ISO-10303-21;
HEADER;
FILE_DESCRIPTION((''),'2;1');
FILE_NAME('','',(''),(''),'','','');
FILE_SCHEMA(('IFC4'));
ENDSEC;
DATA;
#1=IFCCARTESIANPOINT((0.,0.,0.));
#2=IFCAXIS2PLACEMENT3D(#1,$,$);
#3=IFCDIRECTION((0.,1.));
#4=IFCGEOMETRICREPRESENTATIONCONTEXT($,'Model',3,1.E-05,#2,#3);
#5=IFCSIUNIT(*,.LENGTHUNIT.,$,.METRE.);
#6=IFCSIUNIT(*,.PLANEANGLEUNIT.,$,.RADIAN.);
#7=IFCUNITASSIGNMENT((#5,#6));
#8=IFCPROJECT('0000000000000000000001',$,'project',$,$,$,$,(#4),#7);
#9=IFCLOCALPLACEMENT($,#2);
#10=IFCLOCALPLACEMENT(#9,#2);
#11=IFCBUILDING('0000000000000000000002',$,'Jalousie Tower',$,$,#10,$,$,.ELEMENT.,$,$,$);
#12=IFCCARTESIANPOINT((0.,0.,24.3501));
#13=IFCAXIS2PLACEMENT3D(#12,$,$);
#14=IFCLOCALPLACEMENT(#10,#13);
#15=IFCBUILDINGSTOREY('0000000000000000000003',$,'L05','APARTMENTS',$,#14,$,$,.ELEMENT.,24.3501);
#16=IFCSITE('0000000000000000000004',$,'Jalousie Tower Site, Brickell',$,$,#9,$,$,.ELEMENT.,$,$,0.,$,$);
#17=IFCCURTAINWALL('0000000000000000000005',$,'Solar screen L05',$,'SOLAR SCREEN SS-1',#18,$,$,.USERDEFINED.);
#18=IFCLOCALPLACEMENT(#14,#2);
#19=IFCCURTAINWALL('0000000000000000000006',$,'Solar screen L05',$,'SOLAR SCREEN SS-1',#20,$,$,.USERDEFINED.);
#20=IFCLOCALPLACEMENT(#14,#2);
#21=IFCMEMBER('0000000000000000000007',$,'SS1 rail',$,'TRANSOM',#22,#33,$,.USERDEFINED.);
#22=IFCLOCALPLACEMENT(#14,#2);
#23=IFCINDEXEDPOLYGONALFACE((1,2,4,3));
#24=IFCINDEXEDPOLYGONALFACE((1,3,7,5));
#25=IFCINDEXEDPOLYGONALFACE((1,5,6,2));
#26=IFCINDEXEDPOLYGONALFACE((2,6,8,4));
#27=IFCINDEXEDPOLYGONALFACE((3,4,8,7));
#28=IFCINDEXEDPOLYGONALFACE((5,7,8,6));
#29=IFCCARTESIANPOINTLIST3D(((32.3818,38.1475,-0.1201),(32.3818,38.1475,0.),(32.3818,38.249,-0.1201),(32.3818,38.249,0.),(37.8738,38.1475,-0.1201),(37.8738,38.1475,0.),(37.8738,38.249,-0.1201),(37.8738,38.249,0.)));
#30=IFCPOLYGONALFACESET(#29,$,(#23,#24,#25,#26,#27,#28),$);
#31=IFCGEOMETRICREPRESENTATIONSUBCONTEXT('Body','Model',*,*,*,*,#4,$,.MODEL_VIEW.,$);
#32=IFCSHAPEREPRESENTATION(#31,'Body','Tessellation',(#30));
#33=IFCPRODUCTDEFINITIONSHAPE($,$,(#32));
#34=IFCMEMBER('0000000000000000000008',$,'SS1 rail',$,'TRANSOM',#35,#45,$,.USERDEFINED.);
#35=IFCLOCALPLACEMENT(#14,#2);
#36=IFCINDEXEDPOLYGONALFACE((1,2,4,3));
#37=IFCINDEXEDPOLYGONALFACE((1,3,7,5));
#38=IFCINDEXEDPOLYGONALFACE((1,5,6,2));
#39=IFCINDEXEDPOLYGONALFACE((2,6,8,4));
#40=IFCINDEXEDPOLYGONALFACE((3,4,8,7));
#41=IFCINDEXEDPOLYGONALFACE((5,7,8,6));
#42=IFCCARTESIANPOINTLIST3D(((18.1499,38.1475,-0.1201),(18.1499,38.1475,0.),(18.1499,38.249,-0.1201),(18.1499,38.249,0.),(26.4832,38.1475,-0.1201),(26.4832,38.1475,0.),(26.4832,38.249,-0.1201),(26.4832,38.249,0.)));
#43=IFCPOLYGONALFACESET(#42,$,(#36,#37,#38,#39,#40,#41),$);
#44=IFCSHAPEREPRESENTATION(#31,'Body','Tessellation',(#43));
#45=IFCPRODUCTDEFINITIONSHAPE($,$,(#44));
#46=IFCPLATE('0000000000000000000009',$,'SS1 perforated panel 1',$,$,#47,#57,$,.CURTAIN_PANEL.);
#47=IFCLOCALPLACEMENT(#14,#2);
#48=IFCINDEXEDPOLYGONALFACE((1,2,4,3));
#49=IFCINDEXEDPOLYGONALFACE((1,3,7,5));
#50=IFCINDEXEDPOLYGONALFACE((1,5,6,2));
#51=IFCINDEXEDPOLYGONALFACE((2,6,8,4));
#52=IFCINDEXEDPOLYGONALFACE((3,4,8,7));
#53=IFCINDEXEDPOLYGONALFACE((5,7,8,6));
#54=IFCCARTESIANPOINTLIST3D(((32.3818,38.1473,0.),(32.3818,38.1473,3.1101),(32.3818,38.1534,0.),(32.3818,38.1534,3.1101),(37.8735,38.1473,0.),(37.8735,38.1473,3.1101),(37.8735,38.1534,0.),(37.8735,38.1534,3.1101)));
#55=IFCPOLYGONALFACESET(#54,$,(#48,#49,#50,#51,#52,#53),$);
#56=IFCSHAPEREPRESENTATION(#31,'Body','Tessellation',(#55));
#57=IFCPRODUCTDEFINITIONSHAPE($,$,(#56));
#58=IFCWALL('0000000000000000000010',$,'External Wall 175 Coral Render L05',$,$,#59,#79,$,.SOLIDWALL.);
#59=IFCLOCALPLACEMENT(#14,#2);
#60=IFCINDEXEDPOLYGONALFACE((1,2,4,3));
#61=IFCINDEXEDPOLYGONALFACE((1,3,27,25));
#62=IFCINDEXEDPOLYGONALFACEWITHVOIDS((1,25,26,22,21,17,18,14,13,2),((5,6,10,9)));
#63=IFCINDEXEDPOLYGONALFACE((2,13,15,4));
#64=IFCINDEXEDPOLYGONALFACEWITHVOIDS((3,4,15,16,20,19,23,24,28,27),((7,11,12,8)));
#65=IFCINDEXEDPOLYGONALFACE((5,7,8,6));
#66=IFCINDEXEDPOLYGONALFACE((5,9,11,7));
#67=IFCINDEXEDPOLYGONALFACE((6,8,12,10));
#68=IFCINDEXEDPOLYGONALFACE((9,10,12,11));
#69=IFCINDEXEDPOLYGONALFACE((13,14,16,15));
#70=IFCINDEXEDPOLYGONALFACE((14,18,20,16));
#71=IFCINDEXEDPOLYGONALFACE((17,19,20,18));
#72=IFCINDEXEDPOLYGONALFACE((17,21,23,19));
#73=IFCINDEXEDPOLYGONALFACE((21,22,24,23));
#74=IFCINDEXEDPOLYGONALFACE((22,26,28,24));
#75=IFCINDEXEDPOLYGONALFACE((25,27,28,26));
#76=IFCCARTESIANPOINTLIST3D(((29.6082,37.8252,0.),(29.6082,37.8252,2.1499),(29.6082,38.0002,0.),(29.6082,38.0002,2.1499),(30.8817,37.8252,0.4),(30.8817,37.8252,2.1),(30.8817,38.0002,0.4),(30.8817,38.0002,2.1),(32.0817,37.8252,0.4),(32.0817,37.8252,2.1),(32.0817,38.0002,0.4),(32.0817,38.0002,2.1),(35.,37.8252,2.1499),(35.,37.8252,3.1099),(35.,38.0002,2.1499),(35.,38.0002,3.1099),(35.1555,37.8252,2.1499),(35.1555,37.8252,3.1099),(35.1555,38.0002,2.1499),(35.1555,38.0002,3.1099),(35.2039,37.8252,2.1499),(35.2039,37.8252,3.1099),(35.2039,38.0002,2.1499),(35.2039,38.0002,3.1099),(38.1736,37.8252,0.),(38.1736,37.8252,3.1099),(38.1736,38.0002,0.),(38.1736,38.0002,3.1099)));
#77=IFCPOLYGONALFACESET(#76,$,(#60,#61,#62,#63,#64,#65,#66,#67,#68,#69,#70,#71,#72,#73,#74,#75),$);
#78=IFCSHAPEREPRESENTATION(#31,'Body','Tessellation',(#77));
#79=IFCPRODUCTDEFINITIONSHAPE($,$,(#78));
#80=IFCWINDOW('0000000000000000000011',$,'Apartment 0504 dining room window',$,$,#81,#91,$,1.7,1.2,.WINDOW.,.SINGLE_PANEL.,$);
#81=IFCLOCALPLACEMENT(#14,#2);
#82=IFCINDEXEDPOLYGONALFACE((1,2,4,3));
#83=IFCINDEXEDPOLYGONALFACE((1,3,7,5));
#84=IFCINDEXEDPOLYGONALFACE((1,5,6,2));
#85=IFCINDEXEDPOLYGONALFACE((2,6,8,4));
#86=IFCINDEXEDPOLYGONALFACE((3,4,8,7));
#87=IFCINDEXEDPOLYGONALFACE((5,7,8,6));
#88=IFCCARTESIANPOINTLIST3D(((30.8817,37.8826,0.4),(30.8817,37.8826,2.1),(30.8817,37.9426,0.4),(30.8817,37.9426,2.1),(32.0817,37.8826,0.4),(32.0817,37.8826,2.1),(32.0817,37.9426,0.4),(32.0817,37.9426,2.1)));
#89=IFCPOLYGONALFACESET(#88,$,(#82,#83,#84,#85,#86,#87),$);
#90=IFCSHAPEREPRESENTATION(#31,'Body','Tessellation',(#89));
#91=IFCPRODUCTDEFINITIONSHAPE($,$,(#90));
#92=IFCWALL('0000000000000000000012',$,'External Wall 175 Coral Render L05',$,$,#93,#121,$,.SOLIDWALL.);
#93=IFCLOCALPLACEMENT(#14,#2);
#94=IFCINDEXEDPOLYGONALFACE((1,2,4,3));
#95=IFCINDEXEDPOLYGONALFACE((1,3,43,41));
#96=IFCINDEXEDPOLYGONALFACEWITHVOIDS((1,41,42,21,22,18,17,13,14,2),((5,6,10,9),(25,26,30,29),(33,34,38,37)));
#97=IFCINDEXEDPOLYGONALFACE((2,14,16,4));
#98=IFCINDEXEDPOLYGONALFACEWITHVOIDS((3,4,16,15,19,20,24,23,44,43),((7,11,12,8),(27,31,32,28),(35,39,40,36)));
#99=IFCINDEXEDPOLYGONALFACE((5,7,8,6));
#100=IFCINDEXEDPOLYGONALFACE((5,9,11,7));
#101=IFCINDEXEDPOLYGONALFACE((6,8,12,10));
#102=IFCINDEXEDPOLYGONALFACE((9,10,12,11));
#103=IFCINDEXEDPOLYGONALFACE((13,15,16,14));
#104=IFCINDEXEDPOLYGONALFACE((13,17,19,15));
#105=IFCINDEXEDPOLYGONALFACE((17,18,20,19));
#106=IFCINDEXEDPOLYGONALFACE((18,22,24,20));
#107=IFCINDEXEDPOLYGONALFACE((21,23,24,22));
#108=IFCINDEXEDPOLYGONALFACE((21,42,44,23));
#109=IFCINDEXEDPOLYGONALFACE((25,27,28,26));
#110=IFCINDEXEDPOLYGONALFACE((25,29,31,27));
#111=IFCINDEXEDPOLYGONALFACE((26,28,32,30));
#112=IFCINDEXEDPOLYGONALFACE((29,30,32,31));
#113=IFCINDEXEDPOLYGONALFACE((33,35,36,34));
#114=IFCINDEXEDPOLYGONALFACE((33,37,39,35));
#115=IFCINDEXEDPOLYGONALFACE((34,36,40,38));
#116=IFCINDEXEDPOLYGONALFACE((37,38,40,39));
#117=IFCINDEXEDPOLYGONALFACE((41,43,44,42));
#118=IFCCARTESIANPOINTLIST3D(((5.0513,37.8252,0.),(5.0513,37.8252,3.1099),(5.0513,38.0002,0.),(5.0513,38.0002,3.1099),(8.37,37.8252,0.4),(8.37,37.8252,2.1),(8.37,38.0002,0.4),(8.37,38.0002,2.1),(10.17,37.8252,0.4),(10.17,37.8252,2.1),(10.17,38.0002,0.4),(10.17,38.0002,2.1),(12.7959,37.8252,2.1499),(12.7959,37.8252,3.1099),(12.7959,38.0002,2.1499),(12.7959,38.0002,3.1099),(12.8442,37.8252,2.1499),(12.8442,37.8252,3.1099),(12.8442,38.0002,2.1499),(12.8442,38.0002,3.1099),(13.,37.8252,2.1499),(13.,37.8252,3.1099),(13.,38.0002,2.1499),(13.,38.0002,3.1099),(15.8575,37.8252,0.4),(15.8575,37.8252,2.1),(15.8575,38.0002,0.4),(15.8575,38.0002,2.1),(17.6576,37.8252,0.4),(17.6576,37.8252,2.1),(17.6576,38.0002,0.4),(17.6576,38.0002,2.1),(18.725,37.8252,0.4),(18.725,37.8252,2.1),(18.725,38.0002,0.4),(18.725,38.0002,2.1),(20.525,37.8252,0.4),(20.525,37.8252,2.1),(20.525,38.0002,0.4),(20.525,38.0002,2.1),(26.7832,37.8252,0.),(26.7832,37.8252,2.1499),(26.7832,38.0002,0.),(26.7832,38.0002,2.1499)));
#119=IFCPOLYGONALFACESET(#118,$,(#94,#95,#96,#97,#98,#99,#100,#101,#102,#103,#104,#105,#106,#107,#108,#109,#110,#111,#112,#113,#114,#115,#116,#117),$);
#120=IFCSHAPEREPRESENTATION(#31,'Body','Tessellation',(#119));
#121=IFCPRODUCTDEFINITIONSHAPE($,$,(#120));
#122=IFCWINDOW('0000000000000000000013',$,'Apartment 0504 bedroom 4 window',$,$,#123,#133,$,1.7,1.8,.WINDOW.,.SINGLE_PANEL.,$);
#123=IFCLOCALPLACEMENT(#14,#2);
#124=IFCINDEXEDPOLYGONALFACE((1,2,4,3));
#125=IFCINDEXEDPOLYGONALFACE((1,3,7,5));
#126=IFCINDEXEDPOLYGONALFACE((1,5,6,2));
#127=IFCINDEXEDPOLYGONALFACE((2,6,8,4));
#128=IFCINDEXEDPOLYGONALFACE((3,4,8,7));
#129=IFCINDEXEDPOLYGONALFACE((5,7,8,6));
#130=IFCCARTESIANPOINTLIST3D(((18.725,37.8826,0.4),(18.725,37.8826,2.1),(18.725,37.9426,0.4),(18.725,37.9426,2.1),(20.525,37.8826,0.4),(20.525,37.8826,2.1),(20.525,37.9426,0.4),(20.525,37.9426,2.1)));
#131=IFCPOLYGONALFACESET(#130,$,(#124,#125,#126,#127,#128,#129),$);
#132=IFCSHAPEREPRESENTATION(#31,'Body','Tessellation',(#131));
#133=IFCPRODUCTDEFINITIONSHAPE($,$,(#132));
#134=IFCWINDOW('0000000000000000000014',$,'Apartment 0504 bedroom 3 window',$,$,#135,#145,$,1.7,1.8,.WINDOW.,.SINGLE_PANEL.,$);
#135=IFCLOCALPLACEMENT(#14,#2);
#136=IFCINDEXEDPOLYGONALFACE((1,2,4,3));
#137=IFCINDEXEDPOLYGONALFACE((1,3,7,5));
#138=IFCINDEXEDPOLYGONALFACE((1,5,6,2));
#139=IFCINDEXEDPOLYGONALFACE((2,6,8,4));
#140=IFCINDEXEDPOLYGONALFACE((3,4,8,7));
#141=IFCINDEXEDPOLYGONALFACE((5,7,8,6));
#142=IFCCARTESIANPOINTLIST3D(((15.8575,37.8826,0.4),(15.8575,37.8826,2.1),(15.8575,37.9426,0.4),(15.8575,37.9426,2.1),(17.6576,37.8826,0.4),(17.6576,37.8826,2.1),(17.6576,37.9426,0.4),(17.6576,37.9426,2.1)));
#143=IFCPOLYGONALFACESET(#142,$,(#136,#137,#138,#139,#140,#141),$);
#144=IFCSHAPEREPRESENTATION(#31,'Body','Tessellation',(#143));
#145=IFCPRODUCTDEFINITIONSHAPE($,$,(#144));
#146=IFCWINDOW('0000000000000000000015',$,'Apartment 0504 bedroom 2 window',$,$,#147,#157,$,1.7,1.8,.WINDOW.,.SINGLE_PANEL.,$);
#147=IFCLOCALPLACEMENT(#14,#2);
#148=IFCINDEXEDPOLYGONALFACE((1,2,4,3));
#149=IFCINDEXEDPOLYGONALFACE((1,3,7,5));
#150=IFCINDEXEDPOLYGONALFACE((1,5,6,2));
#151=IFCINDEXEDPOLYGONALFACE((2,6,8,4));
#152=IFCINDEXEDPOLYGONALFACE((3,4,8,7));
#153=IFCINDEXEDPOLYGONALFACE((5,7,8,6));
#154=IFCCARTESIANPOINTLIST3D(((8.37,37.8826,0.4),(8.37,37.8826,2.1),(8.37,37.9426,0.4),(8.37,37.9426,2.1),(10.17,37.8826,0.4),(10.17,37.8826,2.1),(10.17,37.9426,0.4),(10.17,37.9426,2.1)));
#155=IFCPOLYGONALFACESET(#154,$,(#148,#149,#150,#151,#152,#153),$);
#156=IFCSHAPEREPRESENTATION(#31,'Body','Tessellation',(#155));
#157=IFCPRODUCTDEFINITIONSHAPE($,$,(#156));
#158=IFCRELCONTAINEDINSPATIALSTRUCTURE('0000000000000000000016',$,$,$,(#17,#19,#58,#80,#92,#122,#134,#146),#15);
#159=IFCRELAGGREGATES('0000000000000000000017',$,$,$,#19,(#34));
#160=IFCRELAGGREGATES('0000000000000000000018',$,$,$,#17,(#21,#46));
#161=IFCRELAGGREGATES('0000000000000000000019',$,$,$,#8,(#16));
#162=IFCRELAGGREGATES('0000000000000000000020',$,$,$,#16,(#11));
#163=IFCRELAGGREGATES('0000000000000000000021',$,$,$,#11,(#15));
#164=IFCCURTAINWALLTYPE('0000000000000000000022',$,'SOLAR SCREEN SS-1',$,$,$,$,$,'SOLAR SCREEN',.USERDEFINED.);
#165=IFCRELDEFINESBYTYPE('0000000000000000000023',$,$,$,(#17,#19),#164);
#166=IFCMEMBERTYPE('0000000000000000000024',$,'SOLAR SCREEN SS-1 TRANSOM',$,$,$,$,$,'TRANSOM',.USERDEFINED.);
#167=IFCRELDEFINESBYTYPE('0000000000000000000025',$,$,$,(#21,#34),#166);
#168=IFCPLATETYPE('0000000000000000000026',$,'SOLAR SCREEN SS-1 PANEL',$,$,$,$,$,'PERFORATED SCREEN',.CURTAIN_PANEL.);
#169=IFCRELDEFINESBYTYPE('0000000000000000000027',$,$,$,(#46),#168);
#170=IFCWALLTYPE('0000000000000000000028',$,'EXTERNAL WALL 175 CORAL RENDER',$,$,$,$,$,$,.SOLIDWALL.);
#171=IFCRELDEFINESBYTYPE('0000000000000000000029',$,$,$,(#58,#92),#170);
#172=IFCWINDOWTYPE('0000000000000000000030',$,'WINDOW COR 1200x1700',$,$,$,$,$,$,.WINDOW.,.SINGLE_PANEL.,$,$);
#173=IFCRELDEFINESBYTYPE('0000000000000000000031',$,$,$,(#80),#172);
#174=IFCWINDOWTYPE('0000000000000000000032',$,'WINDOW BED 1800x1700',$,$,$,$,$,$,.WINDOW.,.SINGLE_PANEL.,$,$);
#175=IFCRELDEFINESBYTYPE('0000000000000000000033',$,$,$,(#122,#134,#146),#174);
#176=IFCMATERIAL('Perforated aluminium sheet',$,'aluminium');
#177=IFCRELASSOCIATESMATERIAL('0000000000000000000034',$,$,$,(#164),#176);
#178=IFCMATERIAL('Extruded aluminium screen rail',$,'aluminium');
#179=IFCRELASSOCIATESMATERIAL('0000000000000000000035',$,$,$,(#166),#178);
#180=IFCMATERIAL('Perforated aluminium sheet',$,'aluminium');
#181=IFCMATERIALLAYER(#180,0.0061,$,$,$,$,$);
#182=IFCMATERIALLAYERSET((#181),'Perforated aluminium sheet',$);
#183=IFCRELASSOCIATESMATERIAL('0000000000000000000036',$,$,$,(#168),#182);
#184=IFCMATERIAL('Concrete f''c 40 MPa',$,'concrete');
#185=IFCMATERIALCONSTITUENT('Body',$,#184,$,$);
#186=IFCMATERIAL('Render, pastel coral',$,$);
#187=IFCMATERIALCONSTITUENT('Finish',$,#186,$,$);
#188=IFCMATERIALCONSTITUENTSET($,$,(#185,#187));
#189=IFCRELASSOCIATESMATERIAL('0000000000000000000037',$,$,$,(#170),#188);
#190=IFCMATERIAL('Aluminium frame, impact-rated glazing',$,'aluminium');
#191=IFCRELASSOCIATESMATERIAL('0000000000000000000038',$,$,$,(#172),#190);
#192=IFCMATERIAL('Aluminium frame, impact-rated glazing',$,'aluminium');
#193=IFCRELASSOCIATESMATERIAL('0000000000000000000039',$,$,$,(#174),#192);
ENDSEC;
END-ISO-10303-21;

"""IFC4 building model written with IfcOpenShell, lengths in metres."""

from ifc_helpers import new_model, si_unit, direction, frame, frame_2d, origin, origin_2d, place, context, subcontext, project, spatial, polyline, rectangle, outline, extrude, material, layer, layer_set, constituent, constituent_set, material_profile, profile_set, type_object, element, fill, aggregate, save


model = new_model("IFC4")

# Units and contexts
model_context = context("Model", 3, precision=1e-05, world=origin(), true_north=direction((0.0, 1.0)))
body_context = subcontext(model_context, "Body", "Model", "MODEL_VIEW")
ifc_project = project(units=[si_unit("LENGTHUNIT", "METRE"), si_unit("PLANEANGLEUNIT", "RADIAN")], contexts=[model_context])

# Site, building, storey
site_placement = place(None, origin())
site = spatial("IfcSite", under=ifc_project, at=site_placement, Name="Jalousie Tower Site, Brickell", CompositionType="ELEMENT", RefElevation=0.0)
building_placement = place(site_placement, origin())
building = spatial("IfcBuilding", under=site, at=building_placement, Name="Jalousie Tower", CompositionType="ELEMENT")
storey_placement = place(building_placement, frame((0.0, 0.0, 24.3501)))
storey = spatial("IfcBuildingStorey", under=building, at=storey_placement, Name="L05", Description="APARTMENTS", CompositionType="ELEMENT", Elevation=24.3501)

# Curtain wall
ifc_material_1 = material(Name="Perforated aluminium sheet", Category="aluminium")
curtain_wall_type = type_object("IfcCurtainWallType", Name="SOLAR SCREEN SS-1", ElementType="SOLAR SCREEN", PredefinedType="USERDEFINED", material=ifc_material_1)
curtain_wall_1_placement = place(storey_placement, origin())
curtain_wall_1 = element("IfcCurtainWall", 1, at=curtain_wall_1_placement, inside=storey, type_object=curtain_wall_type, Name="Solar screen L05", ObjectType="SOLAR SCREEN SS-1", PredefinedType="USERDEFINED")

# Curtain wall
curtain_wall_2_placement = place(storey_placement, origin())
curtain_wall_2 = element("IfcCurtainWall", 2, at=curtain_wall_2_placement, inside=storey, type_object=curtain_wall_type, Name="Solar screen L05", ObjectType="SOLAR SCREEN SS-1", PredefinedType="USERDEFINED")

# Members
ifc_material_2 = material(Name="Extruded aluminium screen rail", Category="aluminium")
ifc_material_profile_1 = material_profile(ifc_material_2, rectangle(XDim=0.1016, YDim=0.1201, at=origin_2d()), Name="RAIL 102x120")
ifc_profile_set_1 = profile_set([ifc_material_profile_1], Name="Extruded aluminium screen rail")
member_type_1 = type_object("IfcMemberType", Name="SOLAR SCREEN SS-1 TRANSOM", ElementType="TRANSOM", PredefinedType="USERDEFINED", material=ifc_profile_set_1)
member_1_placement = place(storey_placement, frame((37.8738, 38.1982, -0.0601), z_axis=(-1.0, 0.0, 0.0), x_axis=(0.0, -1.0, 0.0)))
member_1 = element("IfcMember", 3, at=member_1_placement, type_object=member_type_1, Name="SS1 rail", ObjectType="TRANSOM", PredefinedType="USERDEFINED", context=body_context, shape_type="SweptSolid", body=[
    extrude(rectangle(XDim=0.1016, YDim=0.1201, at=origin_2d()), origin(), (0.0, 0.0, 1.0), 5.4919),
])
member_2_placement = place(storey_placement, frame((26.4832, 38.1982, -0.0601), z_axis=(-1.0, 0.0, 0.0), x_axis=(0.0, -1.0, 0.0)))
member_2 = element("IfcMember", 4, at=member_2_placement, type_object=member_type_1, Name="SS1 rail", ObjectType="TRANSOM", PredefinedType="USERDEFINED", context=body_context, shape_type="SweptSolid", body=[
    extrude(rectangle(XDim=0.1016, YDim=0.1201, at=origin_2d()), origin(), (0.0, 0.0, 1.0), 8.3333),
])
aggregate(curtain_wall_2, [member_2])

# Plate
ifc_material_3 = material(Name="Perforated aluminium sheet", Category="aluminium")
ifc_layer_1 = layer(ifc_material_3, 0.0061)
ifc_layer_set_1 = layer_set([ifc_layer_1], Name="Perforated aluminium sheet")
plate_type = type_object("IfcPlateType", Name="SOLAR SCREEN SS-1 PANEL", ElementType="PERFORATED SCREEN", PredefinedType="CURTAIN_PANEL", material=ifc_layer_set_1)
plate_placement = place(storey_placement, frame((35.1277, 38.1504, 0.0), z_axis=(0.0, 0.0, 1.0), x_axis=(-1.0, 0.0, 0.0)))
plate = element("IfcPlate", 5, at=plate_placement, type_object=plate_type, Name="SS1 perforated panel 1", PredefinedType="CURTAIN_PANEL", context=body_context, shape_type="SweptSolid", body=[
    extrude(rectangle(XDim=5.4917, YDim=0.0061, at=origin_2d()), origin(), (0.0, 0.0, 1.0), 3.1101),
])
aggregate(curtain_wall_1, [member_1, plate])

# Wall, opening, window
ifc_material_4 = material(Name="Concrete f'c 40 MPa", Category="concrete")
ifc_constituent_1 = constituent(ifc_material_4, Name="Body")
ifc_material_5 = material(Name="Render, pastel coral")
ifc_constituent_2 = constituent(ifc_material_5, Name="Finish")
ifc_constituent_set_1 = constituent_set(constituents=[ifc_constituent_1, ifc_constituent_2])
wall_type_1 = type_object("IfcWallType", Name="EXTERNAL WALL 175 CORAL RENDER", PredefinedType="SOLIDWALL", material=ifc_constituent_set_1)
wall_1_placement = place(storey_placement, frame((38.1736, 37.9126, 0.0), z_axis=(0.0, 0.0, 1.0), x_axis=(-1.0, 0.0, 0.0)))
wall_1 = element("IfcWall", 6, at=wall_1_placement, inside=storey, type_object=wall_type_1, Name="External Wall 175 Coral Render L05", PredefinedType="SOLIDWALL", context=body_context, shape_type="SweptSolid", body=[
    extrude(outline(polyline([(0.0, 0.0), (8.5654, 0.0), (8.5654, 2.1499), (3.1736, 2.1499), (3.1736, 3.1099), (3.0181, 3.1099), (3.0181, 2.1499), (2.9697, 2.1499), (2.9697, 3.1099), (0.0, 3.1099), (0.0, 0.0)])), frame((0.0, 0.0874, 0.0), z_axis=(0.0, -1.0, 0.0), x_axis=(1.0, 0.0, 0.0)), (0.0, 0.0, 1.0), 0.175),
])
opening_1_placement = place(wall_1_placement, frame((6.0918, 0.0, 0.3999)))
opening_1 = element("IfcOpeningElement", 7, at=opening_1_placement, cuts=wall_1, PredefinedType="OPENING", context=body_context, shape_type="SweptSolid", body=[
    extrude(rectangle(XDim=1.2, YDim=1.7, at=frame_2d((0.6001, 0.8501))), frame((0.0, 0.0974, 0.0), z_axis=(0.0, -1.0, 0.0), x_axis=(1.0, 0.0, 0.0)), (0.0, 0.0, 1.0), 0.1951),
])
ifc_material_6 = material(Name="Aluminium frame, impact-rated glazing", Category="aluminium")
window_type_1 = type_object("IfcWindowType", Name="WINDOW COR 1200x1700", PartitioningType="SINGLE_PANEL", PredefinedType="WINDOW", material=ifc_material_6)
window_1_placement = place(opening_1_placement, origin())
window_1 = element("IfcWindow", 8, at=window_1_placement, inside=storey, type_object=window_type_1, Name="Apartment 0504 dining room window", OverallHeight=1.7, OverallWidth=1.2, PartitioningType="SINGLE_PANEL", PredefinedType="WINDOW", context=body_context, shape_type="SweptSolid", body=[
    extrude(rectangle(XDim=1.2, YDim=1.7, at=frame_2d((0.6001, 0.8501))), frame((0.0, 0.03, 0.0), z_axis=(0.0, -1.0, 0.0), x_axis=(1.0, 0.0, 0.0)), (0.0, 0.0, 1.0), 0.0601),
])
fill(opening_1, window_1)

# Wall, openings, windows
wall_2_placement = place(storey_placement, frame((26.7832, 37.9126, 0.0), z_axis=(0.0, 0.0, 1.0), x_axis=(-1.0, 0.0, 0.0)))
wall_2 = element("IfcWall", 9, at=wall_2_placement, inside=storey, type_object=wall_type_1, Name="External Wall 175 Coral Render L05", PredefinedType="SOLIDWALL", context=body_context, shape_type="SweptSolid", body=[
    extrude(outline(polyline([(0.0, 0.0), (21.7319, 0.0), (21.7319, 3.1099), (13.9873, 3.1099), (13.9873, 2.1499), (13.939, 2.1499), (13.939, 3.1099), (13.7832, 3.1099), (13.7832, 2.1499), (0.0, 2.1499), (0.0, 0.0)])), frame((0.0, 0.0874, 0.0), z_axis=(0.0, -1.0, 0.0), x_axis=(1.0, 0.0, 0.0)), (0.0, 0.0, 1.0), 0.175),
])
opening_2_placement = place(wall_2_placement, frame((6.2583, 0.0, 0.3999)))
opening_2 = element("IfcOpeningElement", 10, at=opening_2_placement, cuts=wall_2, PredefinedType="OPENING", context=body_context, shape_type="SweptSolid", body=[
    extrude(rectangle(XDim=1.8, YDim=1.7, at=frame_2d((0.8999, 0.8501))), frame((0.0, 0.0974, 0.0), z_axis=(0.0, -1.0, 0.0), x_axis=(1.0, 0.0, 0.0)), (0.0, 0.0, 1.0), 0.1951),
])
opening_3_placement = place(wall_2_placement, frame((9.1257, 0.0, 0.3999)))
opening_3 = element("IfcOpeningElement", 11, at=opening_3_placement, cuts=wall_2, PredefinedType="OPENING", context=body_context, shape_type="SweptSolid", body=[
    extrude(rectangle(XDim=1.8, YDim=1.7, at=frame_2d((0.8999, 0.8501))), frame((0.0, 0.0974, 0.0), z_axis=(0.0, -1.0, 0.0), x_axis=(1.0, 0.0, 0.0)), (0.0, 0.0, 1.0), 0.1951),
])
opening_4_placement = place(wall_2_placement, frame((16.6133, 0.0, 0.3999)))
opening_4 = element("IfcOpeningElement", 12, at=opening_4_placement, cuts=wall_2, PredefinedType="OPENING", context=body_context, shape_type="SweptSolid", body=[
    extrude(rectangle(XDim=1.8, YDim=1.7, at=frame_2d((0.8999, 0.8501))), frame((0.0, 0.0974, 0.0), z_axis=(0.0, -1.0, 0.0), x_axis=(1.0, 0.0, 0.0)), (0.0, 0.0, 1.0), 0.1951),
])
ifc_material_7 = material(Name="Aluminium frame, impact-rated glazing", Category="aluminium")
window_type_2 = type_object("IfcWindowType", Name="WINDOW BED 1800x1700", PartitioningType="SINGLE_PANEL", PredefinedType="WINDOW", material=ifc_material_7)
window_2_placement = place(opening_2_placement, origin())
window_2 = element("IfcWindow", 13, at=window_2_placement, inside=storey, type_object=window_type_2, Name="Apartment 0504 bedroom 4 window", OverallHeight=1.7, OverallWidth=1.8, PartitioningType="SINGLE_PANEL", PredefinedType="WINDOW", context=body_context, shape_type="SweptSolid", body=[
    extrude(rectangle(XDim=1.8, YDim=1.7, at=frame_2d((0.8999, 0.8501))), frame((0.0, 0.03, 0.0), z_axis=(0.0, -1.0, 0.0), x_axis=(1.0, 0.0, 0.0)), (0.0, 0.0, 1.0), 0.0601),
])
fill(opening_2, window_2)
window_3_placement = place(opening_3_placement, origin())
window_3 = element("IfcWindow", 14, at=window_3_placement, inside=storey, type_object=window_type_2, Name="Apartment 0504 bedroom 3 window", OverallHeight=1.7, OverallWidth=1.8, PartitioningType="SINGLE_PANEL", PredefinedType="WINDOW", context=body_context, shape_type="SweptSolid", body=[
    extrude(rectangle(XDim=1.8, YDim=1.7, at=frame_2d((0.8999, 0.8501))), frame((0.0, 0.03, 0.0), z_axis=(0.0, -1.0, 0.0), x_axis=(1.0, 0.0, 0.0)), (0.0, 0.0, 1.0), 0.0601),
])
fill(opening_3, window_3)
window_4_placement = place(opening_4_placement, origin())
window_4 = element("IfcWindow", 15, at=window_4_placement, inside=storey, type_object=window_type_2, Name="Apartment 0504 bedroom 2 window", OverallHeight=1.7, OverallWidth=1.8, PartitioningType="SINGLE_PANEL", PredefinedType="WINDOW", context=body_context, shape_type="SweptSolid", body=[
    extrude(rectangle(XDim=1.8, YDim=1.7, at=frame_2d((0.8999, 0.8501))), frame((0.0, 0.03, 0.0), z_axis=(0.0, -1.0, 0.0), x_axis=(1.0, 0.0, 0.0)), (0.0, 0.0, 1.0), 0.0601),
])
fill(opening_4, window_4)

save(model, "model.ifc")
